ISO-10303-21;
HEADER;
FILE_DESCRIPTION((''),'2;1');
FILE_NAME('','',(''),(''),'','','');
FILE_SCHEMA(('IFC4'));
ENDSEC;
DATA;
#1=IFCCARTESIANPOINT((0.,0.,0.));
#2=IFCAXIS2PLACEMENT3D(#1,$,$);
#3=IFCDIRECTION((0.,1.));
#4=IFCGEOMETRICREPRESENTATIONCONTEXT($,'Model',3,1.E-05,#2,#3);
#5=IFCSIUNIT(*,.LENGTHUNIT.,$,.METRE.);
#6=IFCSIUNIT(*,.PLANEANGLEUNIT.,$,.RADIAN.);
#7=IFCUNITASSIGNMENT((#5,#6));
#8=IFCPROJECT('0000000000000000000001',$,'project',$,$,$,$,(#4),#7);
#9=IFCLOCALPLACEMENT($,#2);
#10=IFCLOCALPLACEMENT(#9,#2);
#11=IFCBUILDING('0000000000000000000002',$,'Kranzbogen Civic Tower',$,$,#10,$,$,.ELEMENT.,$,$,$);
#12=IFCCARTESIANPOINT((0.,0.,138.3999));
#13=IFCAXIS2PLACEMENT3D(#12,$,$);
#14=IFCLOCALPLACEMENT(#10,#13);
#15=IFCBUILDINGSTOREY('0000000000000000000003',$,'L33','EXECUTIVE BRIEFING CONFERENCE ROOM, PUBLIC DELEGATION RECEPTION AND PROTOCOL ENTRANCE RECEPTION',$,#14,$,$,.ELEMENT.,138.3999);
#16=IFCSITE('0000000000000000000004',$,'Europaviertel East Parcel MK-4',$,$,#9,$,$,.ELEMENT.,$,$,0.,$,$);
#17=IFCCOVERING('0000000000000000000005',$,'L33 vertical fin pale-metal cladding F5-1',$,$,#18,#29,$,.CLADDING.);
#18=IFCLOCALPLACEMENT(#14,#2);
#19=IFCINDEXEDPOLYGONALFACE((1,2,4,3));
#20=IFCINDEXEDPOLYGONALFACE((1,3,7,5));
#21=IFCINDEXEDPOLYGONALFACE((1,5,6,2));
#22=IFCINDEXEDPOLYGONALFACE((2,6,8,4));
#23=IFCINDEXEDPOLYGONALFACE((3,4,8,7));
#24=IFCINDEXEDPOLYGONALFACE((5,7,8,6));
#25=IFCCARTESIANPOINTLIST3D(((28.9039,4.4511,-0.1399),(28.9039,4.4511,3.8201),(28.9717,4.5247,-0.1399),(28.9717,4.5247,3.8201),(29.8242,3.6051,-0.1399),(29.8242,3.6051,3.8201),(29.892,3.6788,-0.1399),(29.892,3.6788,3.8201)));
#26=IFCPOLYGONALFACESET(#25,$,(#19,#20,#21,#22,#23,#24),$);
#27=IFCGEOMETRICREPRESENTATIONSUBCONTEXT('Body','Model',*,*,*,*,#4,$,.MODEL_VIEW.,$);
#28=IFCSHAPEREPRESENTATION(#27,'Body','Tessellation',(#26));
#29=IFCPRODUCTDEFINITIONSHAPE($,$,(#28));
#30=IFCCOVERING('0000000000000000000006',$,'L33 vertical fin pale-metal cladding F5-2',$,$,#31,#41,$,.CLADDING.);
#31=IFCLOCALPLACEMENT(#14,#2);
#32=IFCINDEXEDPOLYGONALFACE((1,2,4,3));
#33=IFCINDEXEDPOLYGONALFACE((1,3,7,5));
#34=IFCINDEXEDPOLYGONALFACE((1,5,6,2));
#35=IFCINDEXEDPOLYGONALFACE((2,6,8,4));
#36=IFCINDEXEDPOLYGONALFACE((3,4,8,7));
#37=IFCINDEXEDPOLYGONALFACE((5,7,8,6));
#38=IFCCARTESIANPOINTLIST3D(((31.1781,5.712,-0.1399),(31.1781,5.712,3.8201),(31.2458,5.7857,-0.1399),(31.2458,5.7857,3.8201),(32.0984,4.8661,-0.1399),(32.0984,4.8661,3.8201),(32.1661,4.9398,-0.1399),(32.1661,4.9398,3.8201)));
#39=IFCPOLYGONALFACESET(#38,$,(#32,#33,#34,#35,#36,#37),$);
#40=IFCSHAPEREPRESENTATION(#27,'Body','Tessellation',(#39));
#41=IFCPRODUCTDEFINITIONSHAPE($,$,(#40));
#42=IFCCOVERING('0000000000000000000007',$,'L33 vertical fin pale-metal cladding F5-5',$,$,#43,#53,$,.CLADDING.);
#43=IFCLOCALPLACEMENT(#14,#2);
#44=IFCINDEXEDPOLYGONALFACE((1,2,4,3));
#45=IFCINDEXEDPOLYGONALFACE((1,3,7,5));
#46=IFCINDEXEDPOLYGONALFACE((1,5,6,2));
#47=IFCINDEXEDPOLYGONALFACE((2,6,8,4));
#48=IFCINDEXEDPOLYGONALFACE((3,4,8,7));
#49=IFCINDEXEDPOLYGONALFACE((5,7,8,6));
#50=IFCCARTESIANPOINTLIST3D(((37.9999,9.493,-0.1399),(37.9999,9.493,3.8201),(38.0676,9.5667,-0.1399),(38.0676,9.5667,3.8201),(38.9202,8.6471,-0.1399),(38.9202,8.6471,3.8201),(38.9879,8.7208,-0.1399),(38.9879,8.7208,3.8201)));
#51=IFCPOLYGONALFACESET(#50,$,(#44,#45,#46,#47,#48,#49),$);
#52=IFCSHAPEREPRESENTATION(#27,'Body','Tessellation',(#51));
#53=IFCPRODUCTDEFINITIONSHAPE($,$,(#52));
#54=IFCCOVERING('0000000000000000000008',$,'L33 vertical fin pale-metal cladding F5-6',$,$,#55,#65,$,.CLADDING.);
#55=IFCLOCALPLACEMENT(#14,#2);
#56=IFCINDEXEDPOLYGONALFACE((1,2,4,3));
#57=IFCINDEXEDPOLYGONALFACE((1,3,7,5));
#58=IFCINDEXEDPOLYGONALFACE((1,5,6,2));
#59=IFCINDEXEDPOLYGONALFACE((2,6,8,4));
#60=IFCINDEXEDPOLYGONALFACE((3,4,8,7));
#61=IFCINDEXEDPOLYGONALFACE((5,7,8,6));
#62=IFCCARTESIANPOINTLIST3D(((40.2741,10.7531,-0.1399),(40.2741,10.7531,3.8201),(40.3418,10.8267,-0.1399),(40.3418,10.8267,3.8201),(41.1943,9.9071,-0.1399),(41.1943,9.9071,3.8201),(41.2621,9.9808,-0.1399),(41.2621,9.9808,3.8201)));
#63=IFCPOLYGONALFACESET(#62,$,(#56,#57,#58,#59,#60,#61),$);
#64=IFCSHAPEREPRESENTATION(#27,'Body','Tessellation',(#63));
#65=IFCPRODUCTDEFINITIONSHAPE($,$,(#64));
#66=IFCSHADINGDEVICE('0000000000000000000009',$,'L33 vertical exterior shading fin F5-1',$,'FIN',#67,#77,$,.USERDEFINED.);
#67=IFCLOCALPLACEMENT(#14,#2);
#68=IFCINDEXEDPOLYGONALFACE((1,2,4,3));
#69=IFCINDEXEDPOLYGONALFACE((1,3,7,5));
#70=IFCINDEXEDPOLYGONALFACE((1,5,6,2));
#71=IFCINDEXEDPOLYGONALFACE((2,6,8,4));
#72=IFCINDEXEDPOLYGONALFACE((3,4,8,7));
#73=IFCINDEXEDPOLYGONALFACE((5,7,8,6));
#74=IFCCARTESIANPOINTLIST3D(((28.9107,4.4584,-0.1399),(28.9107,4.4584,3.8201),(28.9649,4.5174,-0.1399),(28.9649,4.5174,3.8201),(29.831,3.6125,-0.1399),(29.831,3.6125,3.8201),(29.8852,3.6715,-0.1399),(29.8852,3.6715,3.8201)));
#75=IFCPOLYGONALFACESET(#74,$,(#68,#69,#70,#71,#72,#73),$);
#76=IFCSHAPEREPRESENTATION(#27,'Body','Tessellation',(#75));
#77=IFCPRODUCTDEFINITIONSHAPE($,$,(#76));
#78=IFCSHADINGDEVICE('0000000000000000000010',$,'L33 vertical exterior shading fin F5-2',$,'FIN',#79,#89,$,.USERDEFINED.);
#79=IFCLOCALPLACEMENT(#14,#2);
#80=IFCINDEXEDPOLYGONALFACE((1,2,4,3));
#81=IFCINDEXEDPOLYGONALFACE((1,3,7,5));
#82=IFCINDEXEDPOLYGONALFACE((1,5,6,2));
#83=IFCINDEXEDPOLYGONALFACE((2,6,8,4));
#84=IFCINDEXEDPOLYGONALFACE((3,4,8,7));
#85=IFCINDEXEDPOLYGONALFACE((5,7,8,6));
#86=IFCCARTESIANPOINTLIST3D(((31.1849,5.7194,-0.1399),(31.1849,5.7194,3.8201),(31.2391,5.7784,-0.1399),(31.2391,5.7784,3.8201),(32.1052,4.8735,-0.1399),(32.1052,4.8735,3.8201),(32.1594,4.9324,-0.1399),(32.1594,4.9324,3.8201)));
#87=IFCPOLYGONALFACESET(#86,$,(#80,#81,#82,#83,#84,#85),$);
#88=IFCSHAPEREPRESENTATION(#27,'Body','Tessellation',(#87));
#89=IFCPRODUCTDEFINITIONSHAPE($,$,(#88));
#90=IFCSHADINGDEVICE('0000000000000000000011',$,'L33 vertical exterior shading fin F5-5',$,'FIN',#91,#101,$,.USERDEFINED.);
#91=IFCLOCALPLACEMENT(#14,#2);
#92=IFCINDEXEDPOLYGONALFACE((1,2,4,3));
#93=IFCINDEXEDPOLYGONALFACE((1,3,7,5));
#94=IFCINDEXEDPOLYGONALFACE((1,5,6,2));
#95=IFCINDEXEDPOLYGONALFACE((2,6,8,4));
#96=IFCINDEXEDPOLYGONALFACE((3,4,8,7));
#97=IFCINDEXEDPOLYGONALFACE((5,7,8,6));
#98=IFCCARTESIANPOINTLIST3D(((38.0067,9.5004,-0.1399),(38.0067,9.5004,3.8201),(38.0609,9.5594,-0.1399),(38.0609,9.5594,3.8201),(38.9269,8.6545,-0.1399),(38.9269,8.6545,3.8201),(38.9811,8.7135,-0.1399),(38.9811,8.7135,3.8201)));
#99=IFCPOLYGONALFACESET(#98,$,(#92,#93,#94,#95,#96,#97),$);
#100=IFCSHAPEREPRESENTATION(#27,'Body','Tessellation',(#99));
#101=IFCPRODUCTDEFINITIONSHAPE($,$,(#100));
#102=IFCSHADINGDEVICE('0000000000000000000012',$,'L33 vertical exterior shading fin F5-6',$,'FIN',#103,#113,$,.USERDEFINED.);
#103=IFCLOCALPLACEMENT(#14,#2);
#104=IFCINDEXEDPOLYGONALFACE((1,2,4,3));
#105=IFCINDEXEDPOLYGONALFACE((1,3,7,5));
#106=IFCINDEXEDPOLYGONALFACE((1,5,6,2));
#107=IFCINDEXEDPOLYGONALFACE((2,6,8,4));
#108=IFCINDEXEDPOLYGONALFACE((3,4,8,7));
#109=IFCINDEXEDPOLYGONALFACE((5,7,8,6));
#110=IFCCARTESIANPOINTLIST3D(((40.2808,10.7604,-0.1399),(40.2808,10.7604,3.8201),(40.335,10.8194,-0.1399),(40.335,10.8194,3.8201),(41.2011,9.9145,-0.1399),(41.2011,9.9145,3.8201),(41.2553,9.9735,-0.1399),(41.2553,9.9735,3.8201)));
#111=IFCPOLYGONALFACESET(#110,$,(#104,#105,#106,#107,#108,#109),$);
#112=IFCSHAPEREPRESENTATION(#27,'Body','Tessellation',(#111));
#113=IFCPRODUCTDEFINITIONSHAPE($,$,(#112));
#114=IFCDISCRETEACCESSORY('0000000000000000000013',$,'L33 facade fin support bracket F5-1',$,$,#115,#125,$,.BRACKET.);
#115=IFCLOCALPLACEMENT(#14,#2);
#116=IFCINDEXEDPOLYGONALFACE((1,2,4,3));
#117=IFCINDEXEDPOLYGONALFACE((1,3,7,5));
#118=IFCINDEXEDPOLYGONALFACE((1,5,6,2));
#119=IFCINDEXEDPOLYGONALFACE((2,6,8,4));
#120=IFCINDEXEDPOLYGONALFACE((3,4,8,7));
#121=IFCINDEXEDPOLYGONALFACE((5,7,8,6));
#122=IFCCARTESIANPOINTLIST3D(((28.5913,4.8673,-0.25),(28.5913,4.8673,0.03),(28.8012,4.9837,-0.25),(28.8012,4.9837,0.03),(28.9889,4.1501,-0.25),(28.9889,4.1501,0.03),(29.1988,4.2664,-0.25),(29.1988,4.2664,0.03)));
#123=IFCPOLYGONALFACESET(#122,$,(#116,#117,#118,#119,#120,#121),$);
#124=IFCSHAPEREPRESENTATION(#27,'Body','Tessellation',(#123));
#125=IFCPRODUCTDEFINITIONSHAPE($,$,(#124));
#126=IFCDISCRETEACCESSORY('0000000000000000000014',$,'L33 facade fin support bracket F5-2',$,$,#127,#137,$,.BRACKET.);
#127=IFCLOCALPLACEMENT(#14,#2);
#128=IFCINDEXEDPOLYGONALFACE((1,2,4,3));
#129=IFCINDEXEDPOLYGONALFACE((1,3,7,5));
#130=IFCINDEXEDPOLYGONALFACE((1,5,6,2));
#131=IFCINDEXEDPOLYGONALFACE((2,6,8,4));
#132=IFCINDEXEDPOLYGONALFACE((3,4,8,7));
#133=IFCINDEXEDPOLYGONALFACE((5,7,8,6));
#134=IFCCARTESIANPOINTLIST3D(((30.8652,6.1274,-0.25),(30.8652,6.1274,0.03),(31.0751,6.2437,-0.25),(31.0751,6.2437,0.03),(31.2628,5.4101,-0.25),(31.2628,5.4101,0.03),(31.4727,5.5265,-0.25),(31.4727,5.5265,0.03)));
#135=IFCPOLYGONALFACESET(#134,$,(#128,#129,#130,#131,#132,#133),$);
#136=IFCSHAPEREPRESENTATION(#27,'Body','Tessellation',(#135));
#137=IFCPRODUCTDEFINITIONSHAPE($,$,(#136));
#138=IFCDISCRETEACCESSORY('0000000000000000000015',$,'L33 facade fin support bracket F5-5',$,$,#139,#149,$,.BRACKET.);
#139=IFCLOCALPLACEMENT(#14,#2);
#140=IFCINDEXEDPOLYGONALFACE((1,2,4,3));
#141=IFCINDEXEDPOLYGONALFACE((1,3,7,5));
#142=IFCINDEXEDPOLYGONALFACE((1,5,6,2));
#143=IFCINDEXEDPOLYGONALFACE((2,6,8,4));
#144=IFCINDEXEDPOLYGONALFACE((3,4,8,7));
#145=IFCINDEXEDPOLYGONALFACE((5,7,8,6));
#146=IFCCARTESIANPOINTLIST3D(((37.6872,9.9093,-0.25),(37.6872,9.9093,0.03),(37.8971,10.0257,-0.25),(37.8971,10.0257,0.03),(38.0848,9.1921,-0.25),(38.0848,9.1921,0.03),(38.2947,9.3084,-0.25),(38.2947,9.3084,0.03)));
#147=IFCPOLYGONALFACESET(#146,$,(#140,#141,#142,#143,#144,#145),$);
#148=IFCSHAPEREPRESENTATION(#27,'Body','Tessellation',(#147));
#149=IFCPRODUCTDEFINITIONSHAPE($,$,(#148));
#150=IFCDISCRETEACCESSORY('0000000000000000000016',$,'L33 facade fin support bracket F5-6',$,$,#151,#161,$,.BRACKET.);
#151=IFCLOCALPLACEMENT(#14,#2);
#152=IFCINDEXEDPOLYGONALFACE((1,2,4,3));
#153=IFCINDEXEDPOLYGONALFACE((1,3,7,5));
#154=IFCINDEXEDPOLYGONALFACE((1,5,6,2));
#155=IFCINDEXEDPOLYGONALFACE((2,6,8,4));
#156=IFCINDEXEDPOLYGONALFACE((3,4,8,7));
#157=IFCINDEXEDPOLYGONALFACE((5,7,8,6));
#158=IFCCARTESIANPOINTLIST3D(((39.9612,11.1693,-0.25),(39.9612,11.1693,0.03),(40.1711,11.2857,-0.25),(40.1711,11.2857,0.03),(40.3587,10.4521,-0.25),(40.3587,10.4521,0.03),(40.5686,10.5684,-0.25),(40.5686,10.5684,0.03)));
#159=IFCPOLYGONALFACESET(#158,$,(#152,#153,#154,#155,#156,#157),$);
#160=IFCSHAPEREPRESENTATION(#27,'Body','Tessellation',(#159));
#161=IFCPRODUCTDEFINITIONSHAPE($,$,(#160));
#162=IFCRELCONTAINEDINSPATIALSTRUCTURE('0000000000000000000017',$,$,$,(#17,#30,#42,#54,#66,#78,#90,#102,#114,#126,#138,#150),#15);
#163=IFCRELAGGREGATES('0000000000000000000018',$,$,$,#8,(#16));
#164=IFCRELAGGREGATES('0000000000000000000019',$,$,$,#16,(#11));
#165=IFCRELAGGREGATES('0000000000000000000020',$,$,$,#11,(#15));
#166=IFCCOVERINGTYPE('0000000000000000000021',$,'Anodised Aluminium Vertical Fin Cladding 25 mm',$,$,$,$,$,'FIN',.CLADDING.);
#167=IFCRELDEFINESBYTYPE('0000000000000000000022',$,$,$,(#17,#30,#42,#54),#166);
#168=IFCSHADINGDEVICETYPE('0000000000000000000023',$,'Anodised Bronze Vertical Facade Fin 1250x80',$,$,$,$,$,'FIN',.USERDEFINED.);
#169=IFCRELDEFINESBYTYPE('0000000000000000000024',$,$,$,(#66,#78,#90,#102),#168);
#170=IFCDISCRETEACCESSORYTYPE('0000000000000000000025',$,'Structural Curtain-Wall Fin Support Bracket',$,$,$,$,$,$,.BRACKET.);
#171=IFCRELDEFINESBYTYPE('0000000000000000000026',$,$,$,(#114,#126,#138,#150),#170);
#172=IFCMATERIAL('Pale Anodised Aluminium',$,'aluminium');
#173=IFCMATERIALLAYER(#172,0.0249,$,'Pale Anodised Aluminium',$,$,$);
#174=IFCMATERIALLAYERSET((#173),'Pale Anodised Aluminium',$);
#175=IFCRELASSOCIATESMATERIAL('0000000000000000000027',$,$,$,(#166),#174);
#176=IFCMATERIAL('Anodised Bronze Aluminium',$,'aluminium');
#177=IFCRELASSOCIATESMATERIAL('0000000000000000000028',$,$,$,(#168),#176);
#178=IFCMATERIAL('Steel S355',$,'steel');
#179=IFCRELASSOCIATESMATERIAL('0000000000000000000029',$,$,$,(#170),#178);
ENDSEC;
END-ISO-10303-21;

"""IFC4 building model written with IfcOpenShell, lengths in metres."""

from ifc_helpers import new_model, si_unit, direction, frame, origin, origin_2d, place, context, subcontext, project, spatial, rectangle, extrude, material, layer, layer_set, type_object, element, save


model = new_model("IFC4")

# Units and contexts
model_context = context("Model", 3, precision=1e-05, world=origin(), true_north=direction((0.0, 1.0)))
body_context = subcontext(model_context, "Body", "Model", "MODEL_VIEW")
ifc_project = project(units=[si_unit("LENGTHUNIT", "METRE"), si_unit("PLANEANGLEUNIT", "RADIAN")], contexts=[model_context])

# Site, building, storey
site_placement = place(None, origin())
site = spatial("IfcSite", under=ifc_project, at=site_placement, Name="Europaviertel East Parcel MK-4", CompositionType="ELEMENT", RefElevation=0.0)
building_placement = place(site_placement, origin())
building = spatial("IfcBuilding", under=site, at=building_placement, Name="Kranzbogen Civic Tower", CompositionType="ELEMENT")
storey_placement = place(building_placement, frame((0.0, 0.0, 138.3999)))
storey = spatial("IfcBuildingStorey", under=building, at=storey_placement, Name="L33", Description="EXECUTIVE BRIEFING CONFERENCE ROOM, PUBLIC DELEGATION RECEPTION AND PROTOCOL ENTRANCE RECEPTION", CompositionType="ELEMENT", Elevation=138.3999)

# Shared definitions
ifc_material_1 = material(Name="Steel S355", Category="steel")

# Shared definitions
ifc_material_2 = material(Name="Pale Anodised Aluminium", Category="aluminium")

# Coverings
ifc_layer_1 = layer(ifc_material_2, 0.0249, Name="Pale Anodised Aluminium")
ifc_layer_set_1 = layer_set([ifc_layer_1], Name="Pale Anodised Aluminium")
covering_type = type_object("IfcCoveringType", Name="Anodised Aluminium Vertical Fin Cladding 25 mm", ElementType="FIN", PredefinedType="CLADDING", material=ifc_layer_set_1)
for number, where, z_axis, x_axis, name in (
    (1, (29.3979, 4.0649, -0.1399), (0.0, 0.0, 1.0), (0.736227, -0.676735, 0.0), "L33 vertical fin pale-metal cladding F5-1"),
    (2, (31.6721, 5.3259, -0.1399), (0.0, 0.0, 1.0), (0.736227, -0.676735, 0.0), "L33 vertical fin pale-metal cladding F5-2"),
    (3, (38.4939, 9.1069, -0.1399), (0.0, 0.0, 1.0), (0.736227, -0.676735, 0.0), "L33 vertical fin pale-metal cladding F5-5"),
    (4, (40.7681, 10.3669, -0.1399), (0.0, 0.0, 1.0), (0.736227, -0.676735, 0.0), "L33 vertical fin pale-metal cladding F5-6"),
):
    element("IfcCovering", number, at=place(storey_placement, frame(where, z_axis=z_axis, x_axis=x_axis)), inside=storey, type_object=covering_type, Name=name, PredefinedType="CLADDING", context=body_context, shape_type="SweptSolid", body=[
        extrude(rectangle(XDim=1.25, YDim=0.1001, at=origin_2d()), origin(), (0.0, 0.0, 1.0), 3.96),
    ])

# Shading devices
ifc_material_3 = material(Name="Anodised Bronze Aluminium", Category="aluminium")
shading_device_type = type_object("IfcShadingDeviceType", Name="Anodised Bronze Vertical Facade Fin 1250x80", ElementType="FIN", PredefinedType="USERDEFINED", material=ifc_material_3)
for number, where, z_axis, x_axis, name in (
    (5, (29.3979, 4.0649, -0.1399), (0.0, 0.0, 1.0), (0.736227, -0.676735, 0.0), "L33 vertical exterior shading fin F5-1"),
    (6, (31.6721, 5.3259, -0.1399), (0.0, 0.0, 1.0), (0.736227, -0.676735, 0.0), "L33 vertical exterior shading fin F5-2"),
    (7, (38.4939, 9.1069, -0.1399), (0.0, 0.0, 1.0), (0.736227, -0.676735, 0.0), "L33 vertical exterior shading fin F5-5"),
    (8, (40.7681, 10.3669, -0.1399), (0.0, 0.0, 1.0), (0.736227, -0.676735, 0.0), "L33 vertical exterior shading fin F5-6"),
):
    element("IfcShadingDevice", number, at=place(storey_placement, frame(where, z_axis=z_axis, x_axis=x_axis)), inside=storey, type_object=shading_device_type, Name=name, ObjectType="FIN", PredefinedType="USERDEFINED", context=body_context, shape_type="SweptSolid", body=[
        extrude(rectangle(XDim=1.25, YDim=0.0801, at=origin_2d()), origin(), (0.0, 0.0, 1.0), 3.96),
    ])

# Discrete accessories
discrete_accessory_type = type_object("IfcDiscreteAccessoryType", Name="Structural Curtain-Wall Fin Support Bracket", PredefinedType="BRACKET", material=ifc_material_1)
for number, where, z_axis, x_axis, name in (
    (9, (28.895, 4.5669, -0.25), (0.0, 0.0, 1.0), (0.48481, -0.87462, 0.0), "L33 facade fin support bracket F5-1"),
    (10, (31.1689, 5.8269, -0.25), (0.0, 0.0, 1.0), (0.48481, -0.87462, 0.0), "L33 facade fin support bracket F5-2"),
    (11, (37.991, 9.6089, -0.25), (0.0, 0.0, 1.0), (0.48481, -0.87462, 0.0), "L33 facade fin support bracket F5-5"),
    (12, (40.2649, 10.8689, -0.25), (0.0, 0.0, 1.0), (0.48481, -0.87462, 0.0), "L33 facade fin support bracket F5-6"),
):
    element("IfcDiscreteAccessory", number, at=place(storey_placement, frame(where, z_axis=z_axis, x_axis=x_axis)), inside=storey, type_object=discrete_accessory_type, Name=name, PredefinedType="BRACKET", context=body_context, shape_type="SweptSolid", body=[
        extrude(rectangle(XDim=0.8201, YDim=0.24, at=origin_2d()), origin(), (0.0, 0.0, 1.0), 0.28),
    ])

save(model, "model.ifc")
